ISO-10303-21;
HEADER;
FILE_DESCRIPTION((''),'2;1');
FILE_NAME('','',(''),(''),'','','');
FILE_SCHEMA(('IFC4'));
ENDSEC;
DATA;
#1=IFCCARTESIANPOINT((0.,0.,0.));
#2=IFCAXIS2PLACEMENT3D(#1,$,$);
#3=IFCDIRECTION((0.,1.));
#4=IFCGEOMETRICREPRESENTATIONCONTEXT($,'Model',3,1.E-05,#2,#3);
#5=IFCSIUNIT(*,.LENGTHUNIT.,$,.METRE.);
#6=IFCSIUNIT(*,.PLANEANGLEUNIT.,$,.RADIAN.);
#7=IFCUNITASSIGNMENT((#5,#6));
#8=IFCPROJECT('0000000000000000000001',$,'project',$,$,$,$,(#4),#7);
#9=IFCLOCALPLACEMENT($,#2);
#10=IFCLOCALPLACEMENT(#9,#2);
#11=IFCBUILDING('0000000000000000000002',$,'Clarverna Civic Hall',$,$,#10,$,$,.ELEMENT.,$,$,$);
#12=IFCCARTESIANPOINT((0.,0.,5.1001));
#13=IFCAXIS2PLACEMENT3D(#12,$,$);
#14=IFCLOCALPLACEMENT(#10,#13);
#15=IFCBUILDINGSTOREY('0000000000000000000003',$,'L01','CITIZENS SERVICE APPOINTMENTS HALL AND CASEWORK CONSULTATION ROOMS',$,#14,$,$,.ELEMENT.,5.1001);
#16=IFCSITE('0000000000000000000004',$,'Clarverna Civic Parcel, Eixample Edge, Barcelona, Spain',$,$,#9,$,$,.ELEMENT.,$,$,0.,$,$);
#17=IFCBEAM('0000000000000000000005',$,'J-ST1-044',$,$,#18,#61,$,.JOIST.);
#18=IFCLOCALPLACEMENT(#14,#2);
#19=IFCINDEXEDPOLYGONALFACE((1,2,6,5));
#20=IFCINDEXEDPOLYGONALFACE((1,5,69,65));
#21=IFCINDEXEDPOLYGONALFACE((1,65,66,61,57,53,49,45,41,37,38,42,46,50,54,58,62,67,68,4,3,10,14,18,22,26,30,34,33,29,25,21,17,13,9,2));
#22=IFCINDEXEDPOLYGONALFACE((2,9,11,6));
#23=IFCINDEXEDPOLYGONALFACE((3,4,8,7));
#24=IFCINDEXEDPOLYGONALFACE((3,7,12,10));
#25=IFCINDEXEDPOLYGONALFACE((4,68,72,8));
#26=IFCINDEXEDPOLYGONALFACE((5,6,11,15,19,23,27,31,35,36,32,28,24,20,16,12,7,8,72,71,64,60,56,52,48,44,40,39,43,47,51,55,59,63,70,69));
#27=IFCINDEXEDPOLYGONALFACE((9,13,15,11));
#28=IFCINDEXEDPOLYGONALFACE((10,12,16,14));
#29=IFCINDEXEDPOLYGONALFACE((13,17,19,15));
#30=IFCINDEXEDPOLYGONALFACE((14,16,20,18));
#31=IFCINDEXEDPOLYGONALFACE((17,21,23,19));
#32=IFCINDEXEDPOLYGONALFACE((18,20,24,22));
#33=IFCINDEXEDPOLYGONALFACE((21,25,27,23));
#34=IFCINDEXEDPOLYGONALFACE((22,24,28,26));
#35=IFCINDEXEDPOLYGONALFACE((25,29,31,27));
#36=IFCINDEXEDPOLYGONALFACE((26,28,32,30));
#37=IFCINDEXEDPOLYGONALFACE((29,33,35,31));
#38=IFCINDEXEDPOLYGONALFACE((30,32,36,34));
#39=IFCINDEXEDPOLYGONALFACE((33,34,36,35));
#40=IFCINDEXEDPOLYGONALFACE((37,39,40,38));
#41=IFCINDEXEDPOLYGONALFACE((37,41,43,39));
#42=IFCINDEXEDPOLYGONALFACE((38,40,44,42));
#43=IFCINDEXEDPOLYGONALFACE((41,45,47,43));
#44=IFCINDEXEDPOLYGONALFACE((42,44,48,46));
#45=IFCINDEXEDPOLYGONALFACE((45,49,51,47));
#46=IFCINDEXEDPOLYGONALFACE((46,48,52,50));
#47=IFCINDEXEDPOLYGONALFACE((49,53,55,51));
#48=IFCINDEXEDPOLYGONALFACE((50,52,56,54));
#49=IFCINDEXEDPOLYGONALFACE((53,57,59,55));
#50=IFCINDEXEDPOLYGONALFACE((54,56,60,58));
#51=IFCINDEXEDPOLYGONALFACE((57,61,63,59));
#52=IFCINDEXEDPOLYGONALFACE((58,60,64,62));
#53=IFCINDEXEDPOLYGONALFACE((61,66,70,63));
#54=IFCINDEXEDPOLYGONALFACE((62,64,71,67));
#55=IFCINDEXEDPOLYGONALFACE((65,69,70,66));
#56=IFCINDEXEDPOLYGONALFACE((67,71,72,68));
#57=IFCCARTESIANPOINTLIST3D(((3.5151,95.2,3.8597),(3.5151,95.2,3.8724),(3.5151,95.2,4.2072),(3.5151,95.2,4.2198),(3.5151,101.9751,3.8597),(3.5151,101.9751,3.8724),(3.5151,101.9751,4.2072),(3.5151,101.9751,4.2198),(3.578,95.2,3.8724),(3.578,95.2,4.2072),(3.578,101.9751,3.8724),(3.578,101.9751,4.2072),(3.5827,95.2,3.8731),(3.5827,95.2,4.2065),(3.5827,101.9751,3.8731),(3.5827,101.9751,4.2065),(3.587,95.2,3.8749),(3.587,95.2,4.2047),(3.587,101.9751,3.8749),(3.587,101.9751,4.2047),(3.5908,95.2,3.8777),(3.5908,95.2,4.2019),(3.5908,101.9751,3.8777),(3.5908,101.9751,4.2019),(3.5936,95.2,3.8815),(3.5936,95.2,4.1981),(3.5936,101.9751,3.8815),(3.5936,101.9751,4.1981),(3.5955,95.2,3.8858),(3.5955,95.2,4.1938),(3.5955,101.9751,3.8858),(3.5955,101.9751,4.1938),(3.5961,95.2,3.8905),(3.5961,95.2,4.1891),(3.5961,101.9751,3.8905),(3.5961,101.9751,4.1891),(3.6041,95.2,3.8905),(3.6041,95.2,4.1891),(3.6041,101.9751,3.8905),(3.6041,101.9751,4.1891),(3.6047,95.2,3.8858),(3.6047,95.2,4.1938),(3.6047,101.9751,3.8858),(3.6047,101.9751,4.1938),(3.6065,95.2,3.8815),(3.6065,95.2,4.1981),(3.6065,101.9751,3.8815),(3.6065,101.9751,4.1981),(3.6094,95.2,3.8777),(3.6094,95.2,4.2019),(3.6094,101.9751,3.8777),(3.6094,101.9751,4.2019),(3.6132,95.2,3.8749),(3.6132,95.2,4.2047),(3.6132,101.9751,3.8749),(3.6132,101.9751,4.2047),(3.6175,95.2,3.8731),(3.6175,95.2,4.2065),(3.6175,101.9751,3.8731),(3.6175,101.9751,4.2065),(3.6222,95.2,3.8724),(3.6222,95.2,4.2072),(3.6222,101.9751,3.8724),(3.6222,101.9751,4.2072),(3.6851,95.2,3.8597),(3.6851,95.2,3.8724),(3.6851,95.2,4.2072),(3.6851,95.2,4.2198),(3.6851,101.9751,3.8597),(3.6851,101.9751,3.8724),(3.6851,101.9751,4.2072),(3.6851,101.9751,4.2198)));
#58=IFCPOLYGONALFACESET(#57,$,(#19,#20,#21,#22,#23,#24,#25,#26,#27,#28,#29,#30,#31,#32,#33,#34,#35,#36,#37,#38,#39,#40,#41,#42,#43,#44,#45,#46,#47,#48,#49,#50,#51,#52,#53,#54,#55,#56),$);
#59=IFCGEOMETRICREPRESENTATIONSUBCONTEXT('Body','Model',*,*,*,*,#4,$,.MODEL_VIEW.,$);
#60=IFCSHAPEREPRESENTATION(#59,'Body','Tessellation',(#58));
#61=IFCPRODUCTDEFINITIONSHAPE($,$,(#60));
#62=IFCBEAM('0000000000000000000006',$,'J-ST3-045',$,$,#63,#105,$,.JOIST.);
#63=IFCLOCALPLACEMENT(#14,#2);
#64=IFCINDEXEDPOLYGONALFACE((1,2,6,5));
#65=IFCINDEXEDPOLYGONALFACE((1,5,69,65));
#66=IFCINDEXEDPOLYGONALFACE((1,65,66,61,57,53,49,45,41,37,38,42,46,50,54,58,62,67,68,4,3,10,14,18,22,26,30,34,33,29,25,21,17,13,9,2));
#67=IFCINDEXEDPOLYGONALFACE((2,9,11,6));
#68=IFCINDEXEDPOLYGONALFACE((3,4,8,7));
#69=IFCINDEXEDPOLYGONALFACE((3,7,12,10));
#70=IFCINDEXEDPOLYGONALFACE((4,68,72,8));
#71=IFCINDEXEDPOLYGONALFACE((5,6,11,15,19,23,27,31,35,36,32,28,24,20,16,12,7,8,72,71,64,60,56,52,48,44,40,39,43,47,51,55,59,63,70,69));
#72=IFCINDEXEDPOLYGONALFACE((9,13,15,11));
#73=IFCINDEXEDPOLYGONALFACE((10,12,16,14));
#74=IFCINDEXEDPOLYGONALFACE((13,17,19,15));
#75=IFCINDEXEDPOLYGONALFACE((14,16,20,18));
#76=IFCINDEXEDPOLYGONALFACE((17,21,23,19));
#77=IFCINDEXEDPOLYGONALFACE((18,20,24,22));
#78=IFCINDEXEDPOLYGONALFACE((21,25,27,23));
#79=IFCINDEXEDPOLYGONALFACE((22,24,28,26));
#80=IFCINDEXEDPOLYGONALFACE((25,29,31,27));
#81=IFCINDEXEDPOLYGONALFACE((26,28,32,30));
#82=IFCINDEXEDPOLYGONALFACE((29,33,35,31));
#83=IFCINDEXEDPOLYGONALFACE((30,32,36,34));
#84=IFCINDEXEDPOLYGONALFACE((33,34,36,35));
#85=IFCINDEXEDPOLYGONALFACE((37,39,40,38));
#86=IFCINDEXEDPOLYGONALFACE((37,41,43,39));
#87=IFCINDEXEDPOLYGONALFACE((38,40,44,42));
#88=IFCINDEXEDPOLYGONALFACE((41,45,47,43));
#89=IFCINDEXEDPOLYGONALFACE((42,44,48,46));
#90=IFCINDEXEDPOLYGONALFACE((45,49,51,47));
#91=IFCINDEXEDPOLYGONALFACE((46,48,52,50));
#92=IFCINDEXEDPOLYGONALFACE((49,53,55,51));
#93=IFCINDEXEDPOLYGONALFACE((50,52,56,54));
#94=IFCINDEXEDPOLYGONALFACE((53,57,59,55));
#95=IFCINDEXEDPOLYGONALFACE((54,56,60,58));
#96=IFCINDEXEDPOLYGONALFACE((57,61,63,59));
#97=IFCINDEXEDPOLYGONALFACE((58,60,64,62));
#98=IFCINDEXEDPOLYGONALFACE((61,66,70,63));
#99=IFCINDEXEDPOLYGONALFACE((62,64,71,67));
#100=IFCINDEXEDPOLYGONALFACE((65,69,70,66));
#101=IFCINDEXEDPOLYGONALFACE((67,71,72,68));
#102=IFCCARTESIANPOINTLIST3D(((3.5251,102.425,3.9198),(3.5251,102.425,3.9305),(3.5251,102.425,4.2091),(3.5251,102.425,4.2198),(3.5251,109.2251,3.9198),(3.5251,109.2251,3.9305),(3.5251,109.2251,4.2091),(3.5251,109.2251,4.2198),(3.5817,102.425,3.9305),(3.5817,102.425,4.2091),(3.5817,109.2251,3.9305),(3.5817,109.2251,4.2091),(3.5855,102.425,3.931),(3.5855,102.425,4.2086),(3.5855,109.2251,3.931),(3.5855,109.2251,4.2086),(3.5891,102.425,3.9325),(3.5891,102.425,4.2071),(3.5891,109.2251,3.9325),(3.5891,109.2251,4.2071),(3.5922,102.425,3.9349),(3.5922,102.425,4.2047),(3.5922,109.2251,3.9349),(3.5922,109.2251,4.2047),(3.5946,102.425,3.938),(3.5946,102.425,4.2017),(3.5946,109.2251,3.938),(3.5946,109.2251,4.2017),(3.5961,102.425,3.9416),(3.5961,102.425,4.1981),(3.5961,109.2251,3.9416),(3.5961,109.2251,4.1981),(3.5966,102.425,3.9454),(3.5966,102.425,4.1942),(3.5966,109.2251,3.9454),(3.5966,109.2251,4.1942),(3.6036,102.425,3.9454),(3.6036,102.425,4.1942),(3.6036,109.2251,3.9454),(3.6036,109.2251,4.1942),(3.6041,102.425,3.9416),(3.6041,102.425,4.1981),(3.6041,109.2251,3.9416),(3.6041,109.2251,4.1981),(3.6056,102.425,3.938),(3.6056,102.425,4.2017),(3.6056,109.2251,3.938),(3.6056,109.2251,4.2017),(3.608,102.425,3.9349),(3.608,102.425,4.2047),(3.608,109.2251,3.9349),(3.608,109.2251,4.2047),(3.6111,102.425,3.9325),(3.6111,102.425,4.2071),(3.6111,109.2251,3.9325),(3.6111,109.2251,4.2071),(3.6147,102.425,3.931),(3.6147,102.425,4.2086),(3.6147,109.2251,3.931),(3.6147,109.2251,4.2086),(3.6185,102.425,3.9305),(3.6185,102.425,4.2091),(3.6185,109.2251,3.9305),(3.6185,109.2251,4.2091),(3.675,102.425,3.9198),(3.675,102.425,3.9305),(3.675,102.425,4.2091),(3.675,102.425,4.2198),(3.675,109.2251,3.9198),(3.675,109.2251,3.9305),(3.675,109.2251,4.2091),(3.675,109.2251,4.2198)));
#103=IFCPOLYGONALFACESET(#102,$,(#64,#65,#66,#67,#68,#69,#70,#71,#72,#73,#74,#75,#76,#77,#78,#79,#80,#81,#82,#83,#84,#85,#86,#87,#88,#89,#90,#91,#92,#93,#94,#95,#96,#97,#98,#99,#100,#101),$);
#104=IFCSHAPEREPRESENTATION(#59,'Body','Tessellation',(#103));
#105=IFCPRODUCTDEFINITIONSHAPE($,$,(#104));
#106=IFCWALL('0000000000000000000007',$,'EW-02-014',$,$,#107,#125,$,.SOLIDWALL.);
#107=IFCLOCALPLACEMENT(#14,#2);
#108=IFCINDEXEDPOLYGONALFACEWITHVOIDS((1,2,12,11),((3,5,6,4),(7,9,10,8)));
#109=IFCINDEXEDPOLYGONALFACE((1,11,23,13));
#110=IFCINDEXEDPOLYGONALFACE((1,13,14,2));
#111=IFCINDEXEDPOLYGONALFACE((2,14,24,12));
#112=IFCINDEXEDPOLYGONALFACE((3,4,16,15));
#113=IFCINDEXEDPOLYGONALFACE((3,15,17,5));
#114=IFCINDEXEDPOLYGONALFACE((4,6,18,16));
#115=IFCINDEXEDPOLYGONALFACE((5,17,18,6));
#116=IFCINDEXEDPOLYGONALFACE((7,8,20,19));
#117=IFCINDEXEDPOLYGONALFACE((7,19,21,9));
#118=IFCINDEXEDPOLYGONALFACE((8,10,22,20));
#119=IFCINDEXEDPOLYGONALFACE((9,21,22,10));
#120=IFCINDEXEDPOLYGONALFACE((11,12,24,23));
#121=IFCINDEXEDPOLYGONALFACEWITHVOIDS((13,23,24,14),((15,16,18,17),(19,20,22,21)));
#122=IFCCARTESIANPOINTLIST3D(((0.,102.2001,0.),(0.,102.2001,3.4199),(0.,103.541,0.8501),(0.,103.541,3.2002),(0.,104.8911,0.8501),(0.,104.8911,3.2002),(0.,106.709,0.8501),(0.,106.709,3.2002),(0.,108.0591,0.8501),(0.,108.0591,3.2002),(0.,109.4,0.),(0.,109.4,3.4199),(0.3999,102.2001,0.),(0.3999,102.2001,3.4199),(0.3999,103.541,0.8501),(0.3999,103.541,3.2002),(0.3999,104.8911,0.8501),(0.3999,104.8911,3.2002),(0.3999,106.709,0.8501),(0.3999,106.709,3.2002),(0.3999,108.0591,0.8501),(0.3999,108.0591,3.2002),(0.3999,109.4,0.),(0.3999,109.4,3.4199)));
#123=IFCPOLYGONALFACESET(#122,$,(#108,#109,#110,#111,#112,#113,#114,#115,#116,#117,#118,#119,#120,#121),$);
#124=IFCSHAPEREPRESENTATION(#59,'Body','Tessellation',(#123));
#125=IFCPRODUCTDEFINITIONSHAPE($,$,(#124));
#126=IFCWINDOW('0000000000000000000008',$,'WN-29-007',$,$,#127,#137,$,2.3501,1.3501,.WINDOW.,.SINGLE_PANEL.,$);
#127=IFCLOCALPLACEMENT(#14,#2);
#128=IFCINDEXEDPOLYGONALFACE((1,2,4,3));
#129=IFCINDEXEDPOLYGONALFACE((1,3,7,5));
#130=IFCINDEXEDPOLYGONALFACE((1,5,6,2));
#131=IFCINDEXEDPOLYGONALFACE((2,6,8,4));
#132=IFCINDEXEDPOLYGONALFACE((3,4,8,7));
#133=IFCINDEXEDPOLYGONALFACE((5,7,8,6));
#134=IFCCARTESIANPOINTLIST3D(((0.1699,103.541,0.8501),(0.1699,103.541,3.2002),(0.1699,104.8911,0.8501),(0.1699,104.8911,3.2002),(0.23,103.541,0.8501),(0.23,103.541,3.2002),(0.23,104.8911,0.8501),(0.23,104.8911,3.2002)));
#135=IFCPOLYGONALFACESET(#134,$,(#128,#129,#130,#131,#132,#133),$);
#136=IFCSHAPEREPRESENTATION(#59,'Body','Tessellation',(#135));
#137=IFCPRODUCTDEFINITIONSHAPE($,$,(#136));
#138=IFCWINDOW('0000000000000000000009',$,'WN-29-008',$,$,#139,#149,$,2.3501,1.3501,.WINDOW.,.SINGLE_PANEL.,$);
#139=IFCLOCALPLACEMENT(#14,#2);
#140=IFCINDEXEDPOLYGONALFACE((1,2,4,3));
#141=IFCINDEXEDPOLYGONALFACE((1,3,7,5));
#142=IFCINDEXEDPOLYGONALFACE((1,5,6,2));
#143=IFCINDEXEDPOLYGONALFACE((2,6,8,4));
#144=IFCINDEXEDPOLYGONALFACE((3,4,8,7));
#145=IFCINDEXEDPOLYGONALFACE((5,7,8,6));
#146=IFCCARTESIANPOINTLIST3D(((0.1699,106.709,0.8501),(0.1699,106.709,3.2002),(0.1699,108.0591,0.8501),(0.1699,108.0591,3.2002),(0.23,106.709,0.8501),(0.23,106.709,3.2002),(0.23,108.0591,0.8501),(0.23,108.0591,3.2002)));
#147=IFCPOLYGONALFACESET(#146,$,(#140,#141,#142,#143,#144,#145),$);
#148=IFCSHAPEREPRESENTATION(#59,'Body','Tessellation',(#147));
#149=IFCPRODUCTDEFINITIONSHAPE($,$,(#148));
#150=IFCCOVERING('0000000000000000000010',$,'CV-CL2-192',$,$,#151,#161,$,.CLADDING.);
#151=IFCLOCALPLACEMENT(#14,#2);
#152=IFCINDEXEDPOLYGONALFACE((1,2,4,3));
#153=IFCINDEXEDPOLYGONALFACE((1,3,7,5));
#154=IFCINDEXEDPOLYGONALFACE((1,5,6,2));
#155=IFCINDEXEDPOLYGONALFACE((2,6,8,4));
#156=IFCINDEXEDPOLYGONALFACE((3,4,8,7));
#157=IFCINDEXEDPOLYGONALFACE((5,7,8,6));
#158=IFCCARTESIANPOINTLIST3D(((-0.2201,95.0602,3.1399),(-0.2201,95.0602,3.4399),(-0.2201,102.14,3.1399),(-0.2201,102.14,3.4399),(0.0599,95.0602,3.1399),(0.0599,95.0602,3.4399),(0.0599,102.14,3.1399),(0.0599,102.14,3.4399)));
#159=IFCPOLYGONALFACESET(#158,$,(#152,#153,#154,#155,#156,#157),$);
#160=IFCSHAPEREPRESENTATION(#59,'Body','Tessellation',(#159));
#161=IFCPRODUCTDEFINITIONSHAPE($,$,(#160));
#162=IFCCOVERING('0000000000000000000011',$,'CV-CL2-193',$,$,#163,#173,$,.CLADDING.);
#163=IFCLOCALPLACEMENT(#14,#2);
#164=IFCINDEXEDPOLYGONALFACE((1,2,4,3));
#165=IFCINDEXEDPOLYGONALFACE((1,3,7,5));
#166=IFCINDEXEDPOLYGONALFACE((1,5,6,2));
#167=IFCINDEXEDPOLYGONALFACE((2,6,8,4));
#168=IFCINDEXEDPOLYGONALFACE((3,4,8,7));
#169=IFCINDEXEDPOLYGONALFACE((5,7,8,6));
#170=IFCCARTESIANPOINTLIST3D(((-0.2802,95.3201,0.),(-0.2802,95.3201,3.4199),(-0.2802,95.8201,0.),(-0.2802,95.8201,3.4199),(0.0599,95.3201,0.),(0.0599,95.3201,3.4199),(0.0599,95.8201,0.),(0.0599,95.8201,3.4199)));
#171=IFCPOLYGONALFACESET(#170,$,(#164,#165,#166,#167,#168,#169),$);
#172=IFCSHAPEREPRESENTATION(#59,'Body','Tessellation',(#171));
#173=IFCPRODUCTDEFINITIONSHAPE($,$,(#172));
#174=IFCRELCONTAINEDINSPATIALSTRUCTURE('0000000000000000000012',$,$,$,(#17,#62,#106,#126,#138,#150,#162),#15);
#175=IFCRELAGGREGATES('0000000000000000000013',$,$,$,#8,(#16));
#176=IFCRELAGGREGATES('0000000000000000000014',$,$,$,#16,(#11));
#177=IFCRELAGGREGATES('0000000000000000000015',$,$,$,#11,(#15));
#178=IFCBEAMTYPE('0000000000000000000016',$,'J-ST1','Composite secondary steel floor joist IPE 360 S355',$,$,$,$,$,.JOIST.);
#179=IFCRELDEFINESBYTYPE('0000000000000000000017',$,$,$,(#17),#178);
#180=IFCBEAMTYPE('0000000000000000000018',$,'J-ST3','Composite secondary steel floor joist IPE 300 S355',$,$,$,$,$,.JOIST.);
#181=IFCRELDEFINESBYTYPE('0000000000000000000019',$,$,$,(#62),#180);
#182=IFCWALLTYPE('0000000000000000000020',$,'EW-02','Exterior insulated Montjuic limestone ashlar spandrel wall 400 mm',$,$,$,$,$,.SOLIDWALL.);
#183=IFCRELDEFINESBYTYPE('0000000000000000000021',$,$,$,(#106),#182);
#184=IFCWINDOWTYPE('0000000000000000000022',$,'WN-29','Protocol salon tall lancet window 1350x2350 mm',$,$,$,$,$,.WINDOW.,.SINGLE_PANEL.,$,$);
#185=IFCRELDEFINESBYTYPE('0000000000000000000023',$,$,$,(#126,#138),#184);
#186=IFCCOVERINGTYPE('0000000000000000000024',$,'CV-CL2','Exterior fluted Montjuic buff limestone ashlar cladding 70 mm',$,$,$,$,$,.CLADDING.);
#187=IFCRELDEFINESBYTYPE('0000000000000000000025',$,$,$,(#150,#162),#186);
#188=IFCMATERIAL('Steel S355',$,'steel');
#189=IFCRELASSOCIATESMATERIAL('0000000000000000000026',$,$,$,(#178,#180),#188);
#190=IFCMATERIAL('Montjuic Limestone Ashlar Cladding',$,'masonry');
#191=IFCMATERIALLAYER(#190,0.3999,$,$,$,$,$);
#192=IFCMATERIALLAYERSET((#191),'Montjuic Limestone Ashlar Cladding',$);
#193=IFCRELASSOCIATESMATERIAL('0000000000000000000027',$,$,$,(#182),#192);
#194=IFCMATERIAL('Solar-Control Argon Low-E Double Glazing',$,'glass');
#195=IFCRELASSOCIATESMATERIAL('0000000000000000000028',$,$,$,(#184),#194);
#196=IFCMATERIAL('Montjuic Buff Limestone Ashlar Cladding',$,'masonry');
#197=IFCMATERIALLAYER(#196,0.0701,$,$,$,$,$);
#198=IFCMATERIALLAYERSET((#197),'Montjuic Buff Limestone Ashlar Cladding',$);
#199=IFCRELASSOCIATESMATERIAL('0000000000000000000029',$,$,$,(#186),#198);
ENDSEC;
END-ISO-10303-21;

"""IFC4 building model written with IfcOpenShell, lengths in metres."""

from ifc_helpers import new_model, si_unit, direction, frame, frame_2d, origin, origin_2d, place, context, subcontext, project, spatial, rectangle, i_section, extrude, material, layer, layer_set, material_profile, profile_set, type_object, element, fill, save


model = new_model("IFC4")

# Units and contexts
model_context = context("Model", 3, precision=1e-05, world=origin(), true_north=direction((0.0, 1.0)))
body_context = subcontext(model_context, "Body", "Model", "MODEL_VIEW")
ifc_project = project(units=[si_unit("LENGTHUNIT", "METRE"), si_unit("PLANEANGLEUNIT", "RADIAN")], contexts=[model_context])

# Site, building, storey
site_placement = place(None, origin())
site = spatial("IfcSite", under=ifc_project, at=site_placement, Name="Clarverna Civic Parcel, Eixample Edge, Barcelona, Spain", CompositionType="ELEMENT", RefElevation=0.0)
building_placement = place(site_placement, origin())
building = spatial("IfcBuilding", under=site, at=building_placement, Name="Clarverna Civic Hall", CompositionType="ELEMENT")
storey_placement = place(building_placement, frame((0.0, 0.0, 5.1001)))
storey = spatial("IfcBuildingStorey", under=building, at=storey_placement, Name="L01", Description="CITIZENS SERVICE APPOINTMENTS HALL AND CASEWORK CONSULTATION ROOMS", CompositionType="ELEMENT", Elevation=5.1001)

# Beams
ifc_material_1 = material(Name="Steel S355", Category="steel")
ifc_material_profile_1 = material_profile(ifc_material_1, i_section(OverallWidth=0.1699, OverallDepth=0.3601, WebThickness=0.0081, FlangeThickness=0.0127, FilletRadius=0.0181, at=origin_2d()), Name="IPE 360")
ifc_profile_set_1 = profile_set([ifc_material_profile_1], Name="Steel S355")
beam_type_1 = type_object("IfcBeamType", Name="J-ST1", Description="Composite secondary steel floor joist IPE 360 S355", PredefinedType="JOIST", material=ifc_profile_set_1)
beam_1_placement = place(storey_placement, frame((3.6001, 95.2, 4.0398), z_axis=(0.0, 1.0, 0.0), x_axis=(-1.0, 0.0, 0.0)))
element("IfcBeam", 1, at=beam_1_placement, inside=storey, type_object=beam_type_1, Name="J-ST1-044", PredefinedType="JOIST", context=body_context, shape_type="SweptSolid", body=[
    extrude(i_section(OverallWidth=0.1699, OverallDepth=0.3601, WebThickness=0.0081, FlangeThickness=0.0127, FilletRadius=0.0181, at=origin_2d()), origin(), (0.0, 0.0, 1.0), 6.7751),
])
ifc_material_profile_2 = material_profile(ifc_material_1, i_section(OverallWidth=0.1499, OverallDepth=0.3, WebThickness=0.0071, FlangeThickness=0.0107, FilletRadius=0.0149, at=origin_2d()), Name="IPE 300")
ifc_profile_set_2 = profile_set([ifc_material_profile_2], Name="Steel S355")
beam_type_2 = type_object("IfcBeamType", Name="J-ST3", Description="Composite secondary steel floor joist IPE 300 S355", PredefinedType="JOIST", material=ifc_profile_set_2)
beam_2_placement = place(storey_placement, frame((3.6001, 102.425, 4.0698), z_axis=(0.0, 1.0, 0.0), x_axis=(-1.0, 0.0, 0.0)))
element("IfcBeam", 2, at=beam_2_placement, inside=storey, type_object=beam_type_2, Name="J-ST3-045", PredefinedType="JOIST", context=body_context, shape_type="SweptSolid", body=[
    extrude(i_section(OverallWidth=0.1499, OverallDepth=0.3, WebThickness=0.0071, FlangeThickness=0.0107, FilletRadius=0.0149, at=origin_2d()), origin(), (0.0, 0.0, 1.0), 6.8),
])

# Wall, openings, windows
ifc_material_2 = material(Name="Montjuic Limestone Ashlar Cladding", Category="masonry")
ifc_layer_1 = layer(ifc_material_2, 0.3999)
ifc_layer_set_1 = layer_set([ifc_layer_1], Name="Montjuic Limestone Ashlar Cladding")
wall_type = type_object("IfcWallType", Name="EW-02", Description="Exterior insulated Montjuic limestone ashlar spandrel wall 400 mm", PredefinedType="SOLIDWALL", material=ifc_layer_set_1)
wall_placement = place(storey_placement, frame((0.2, 102.2, 0.0), z_axis=(0.0, 0.0, 1.0), x_axis=(0.0, 1.0, 0.0)))
wall = element("IfcWall", 3, at=wall_placement, inside=storey, type_object=wall_type, Name="EW-02-014", PredefinedType="SOLIDWALL", context=body_context, shape_type="SweptSolid", body=[
    extrude(rectangle(XDim=7.2, YDim=0.3999, at=frame_2d((3.6001, 0.0))), origin(), (0.0, 0.0, 1.0), 3.4199),
])
opening_1_placement = place(wall_placement, frame((1.3411, 0.0, 0.8501)))
opening_1 = element("IfcOpeningElement", 4, at=opening_1_placement, cuts=wall, PredefinedType="OPENING", context=body_context, shape_type="SweptSolid", body=[
    extrude(rectangle(XDim=1.3501, YDim=2.3501, at=frame_2d((0.675, 1.175))), frame((0.0, 0.21, 0.0), z_axis=(0.0, -1.0, 0.0), x_axis=(1.0, 0.0, 0.0)), (0.0, 0.0, 1.0), 0.4199),
])
opening_2_placement = place(wall_placement, frame((4.509, 0.0, 0.8501)))
opening_2 = element("IfcOpeningElement", 5, at=opening_2_placement, cuts=wall, PredefinedType="OPENING", context=body_context, shape_type="SweptSolid", body=[
    extrude(rectangle(XDim=1.3501, YDim=2.3501, at=frame_2d((0.675, 1.175))), frame((0.0, 0.21, 0.0), z_axis=(0.0, -1.0, 0.0), x_axis=(1.0, 0.0, 0.0)), (0.0, 0.0, 1.0), 0.4199),
])
ifc_material_3 = material(Name="Solar-Control Argon Low-E Double Glazing", Category="glass")
window_type = type_object("IfcWindowType", Name="WN-29", Description="Protocol salon tall lancet window 1350x2350 mm", PartitioningType="SINGLE_PANEL", PredefinedType="WINDOW", material=ifc_material_3)
window_1_placement = place(opening_1_placement, origin())
window_1 = element("IfcWindow", 6, at=window_1_placement, inside=storey, type_object=window_type, Name="WN-29-007", OverallHeight=2.3501, OverallWidth=1.3501, PartitioningType="SINGLE_PANEL", PredefinedType="WINDOW", context=body_context, shape_type="SweptSolid", body=[
    extrude(rectangle(XDim=1.3501, YDim=2.3501, at=frame_2d((0.675, 1.175))), frame((0.0, 0.03, 0.0), z_axis=(0.0, -1.0, 0.0), x_axis=(1.0, 0.0, 0.0)), (0.0, 0.0, 1.0), 0.0601),
])
fill(opening_1, window_1)
window_2_placement = place(opening_2_placement, origin())
window_2 = element("IfcWindow", 7, at=window_2_placement, inside=storey, type_object=window_type, Name="WN-29-008", OverallHeight=2.3501, OverallWidth=1.3501, PartitioningType="SINGLE_PANEL", PredefinedType="WINDOW", context=body_context, shape_type="SweptSolid", body=[
    extrude(rectangle(XDim=1.3501, YDim=2.3501, at=frame_2d((0.675, 1.175))), frame((0.0, 0.03, 0.0), z_axis=(0.0, -1.0, 0.0), x_axis=(1.0, 0.0, 0.0)), (0.0, 0.0, 1.0), 0.0601),
])
fill(opening_2, window_2)

# Coverings
ifc_material_4 = material(Name="Montjuic Buff Limestone Ashlar Cladding", Category="masonry")
ifc_layer_2 = layer(ifc_material_4, 0.0701)
ifc_layer_set_2 = layer_set([ifc_layer_2], Name="Montjuic Buff Limestone Ashlar Cladding")
covering_type = type_object("IfcCoveringType", Name="CV-CL2", Description="Exterior fluted Montjuic buff limestone ashlar cladding 70 mm", PredefinedType="CLADDING", material=ifc_layer_set_2)
covering_1_placement = place(storey_placement, frame((-0.0801, 95.0601, 3.1399), z_axis=(0.0, 0.0, 1.0), x_axis=(0.0, 1.0, 0.0)))
element("IfcCovering", 8, at=covering_1_placement, inside=storey, type_object=covering_type, Name="CV-CL2-192", PredefinedType="CLADDING", context=body_context, shape_type="SweptSolid", body=[
    extrude(rectangle(XDim=7.0798, YDim=0.28, at=frame_2d((3.54, 0.0))), origin(), (0.0, 0.0, 1.0), 0.3),
])
for number, where, z_axis, x_axis, name in (
    (9, (-0.1101, 95.3201, 0.0), (0.0, 0.0, 1.0), (0.0, 1.0, 0.0), "CV-CL2-193"),
):
    element("IfcCovering", number, at=place(storey_placement, frame(where, z_axis=z_axis, x_axis=x_axis)), inside=storey, type_object=covering_type, Name=name, PredefinedType="CLADDING", context=body_context, shape_type="SweptSolid", body=[
        extrude(rectangle(XDim=0.5, YDim=0.3401, at=frame_2d((0.25, 0.0))), origin(), (0.0, 0.0, 1.0), 3.4199),
    ])

save(model, "model.ifc")
